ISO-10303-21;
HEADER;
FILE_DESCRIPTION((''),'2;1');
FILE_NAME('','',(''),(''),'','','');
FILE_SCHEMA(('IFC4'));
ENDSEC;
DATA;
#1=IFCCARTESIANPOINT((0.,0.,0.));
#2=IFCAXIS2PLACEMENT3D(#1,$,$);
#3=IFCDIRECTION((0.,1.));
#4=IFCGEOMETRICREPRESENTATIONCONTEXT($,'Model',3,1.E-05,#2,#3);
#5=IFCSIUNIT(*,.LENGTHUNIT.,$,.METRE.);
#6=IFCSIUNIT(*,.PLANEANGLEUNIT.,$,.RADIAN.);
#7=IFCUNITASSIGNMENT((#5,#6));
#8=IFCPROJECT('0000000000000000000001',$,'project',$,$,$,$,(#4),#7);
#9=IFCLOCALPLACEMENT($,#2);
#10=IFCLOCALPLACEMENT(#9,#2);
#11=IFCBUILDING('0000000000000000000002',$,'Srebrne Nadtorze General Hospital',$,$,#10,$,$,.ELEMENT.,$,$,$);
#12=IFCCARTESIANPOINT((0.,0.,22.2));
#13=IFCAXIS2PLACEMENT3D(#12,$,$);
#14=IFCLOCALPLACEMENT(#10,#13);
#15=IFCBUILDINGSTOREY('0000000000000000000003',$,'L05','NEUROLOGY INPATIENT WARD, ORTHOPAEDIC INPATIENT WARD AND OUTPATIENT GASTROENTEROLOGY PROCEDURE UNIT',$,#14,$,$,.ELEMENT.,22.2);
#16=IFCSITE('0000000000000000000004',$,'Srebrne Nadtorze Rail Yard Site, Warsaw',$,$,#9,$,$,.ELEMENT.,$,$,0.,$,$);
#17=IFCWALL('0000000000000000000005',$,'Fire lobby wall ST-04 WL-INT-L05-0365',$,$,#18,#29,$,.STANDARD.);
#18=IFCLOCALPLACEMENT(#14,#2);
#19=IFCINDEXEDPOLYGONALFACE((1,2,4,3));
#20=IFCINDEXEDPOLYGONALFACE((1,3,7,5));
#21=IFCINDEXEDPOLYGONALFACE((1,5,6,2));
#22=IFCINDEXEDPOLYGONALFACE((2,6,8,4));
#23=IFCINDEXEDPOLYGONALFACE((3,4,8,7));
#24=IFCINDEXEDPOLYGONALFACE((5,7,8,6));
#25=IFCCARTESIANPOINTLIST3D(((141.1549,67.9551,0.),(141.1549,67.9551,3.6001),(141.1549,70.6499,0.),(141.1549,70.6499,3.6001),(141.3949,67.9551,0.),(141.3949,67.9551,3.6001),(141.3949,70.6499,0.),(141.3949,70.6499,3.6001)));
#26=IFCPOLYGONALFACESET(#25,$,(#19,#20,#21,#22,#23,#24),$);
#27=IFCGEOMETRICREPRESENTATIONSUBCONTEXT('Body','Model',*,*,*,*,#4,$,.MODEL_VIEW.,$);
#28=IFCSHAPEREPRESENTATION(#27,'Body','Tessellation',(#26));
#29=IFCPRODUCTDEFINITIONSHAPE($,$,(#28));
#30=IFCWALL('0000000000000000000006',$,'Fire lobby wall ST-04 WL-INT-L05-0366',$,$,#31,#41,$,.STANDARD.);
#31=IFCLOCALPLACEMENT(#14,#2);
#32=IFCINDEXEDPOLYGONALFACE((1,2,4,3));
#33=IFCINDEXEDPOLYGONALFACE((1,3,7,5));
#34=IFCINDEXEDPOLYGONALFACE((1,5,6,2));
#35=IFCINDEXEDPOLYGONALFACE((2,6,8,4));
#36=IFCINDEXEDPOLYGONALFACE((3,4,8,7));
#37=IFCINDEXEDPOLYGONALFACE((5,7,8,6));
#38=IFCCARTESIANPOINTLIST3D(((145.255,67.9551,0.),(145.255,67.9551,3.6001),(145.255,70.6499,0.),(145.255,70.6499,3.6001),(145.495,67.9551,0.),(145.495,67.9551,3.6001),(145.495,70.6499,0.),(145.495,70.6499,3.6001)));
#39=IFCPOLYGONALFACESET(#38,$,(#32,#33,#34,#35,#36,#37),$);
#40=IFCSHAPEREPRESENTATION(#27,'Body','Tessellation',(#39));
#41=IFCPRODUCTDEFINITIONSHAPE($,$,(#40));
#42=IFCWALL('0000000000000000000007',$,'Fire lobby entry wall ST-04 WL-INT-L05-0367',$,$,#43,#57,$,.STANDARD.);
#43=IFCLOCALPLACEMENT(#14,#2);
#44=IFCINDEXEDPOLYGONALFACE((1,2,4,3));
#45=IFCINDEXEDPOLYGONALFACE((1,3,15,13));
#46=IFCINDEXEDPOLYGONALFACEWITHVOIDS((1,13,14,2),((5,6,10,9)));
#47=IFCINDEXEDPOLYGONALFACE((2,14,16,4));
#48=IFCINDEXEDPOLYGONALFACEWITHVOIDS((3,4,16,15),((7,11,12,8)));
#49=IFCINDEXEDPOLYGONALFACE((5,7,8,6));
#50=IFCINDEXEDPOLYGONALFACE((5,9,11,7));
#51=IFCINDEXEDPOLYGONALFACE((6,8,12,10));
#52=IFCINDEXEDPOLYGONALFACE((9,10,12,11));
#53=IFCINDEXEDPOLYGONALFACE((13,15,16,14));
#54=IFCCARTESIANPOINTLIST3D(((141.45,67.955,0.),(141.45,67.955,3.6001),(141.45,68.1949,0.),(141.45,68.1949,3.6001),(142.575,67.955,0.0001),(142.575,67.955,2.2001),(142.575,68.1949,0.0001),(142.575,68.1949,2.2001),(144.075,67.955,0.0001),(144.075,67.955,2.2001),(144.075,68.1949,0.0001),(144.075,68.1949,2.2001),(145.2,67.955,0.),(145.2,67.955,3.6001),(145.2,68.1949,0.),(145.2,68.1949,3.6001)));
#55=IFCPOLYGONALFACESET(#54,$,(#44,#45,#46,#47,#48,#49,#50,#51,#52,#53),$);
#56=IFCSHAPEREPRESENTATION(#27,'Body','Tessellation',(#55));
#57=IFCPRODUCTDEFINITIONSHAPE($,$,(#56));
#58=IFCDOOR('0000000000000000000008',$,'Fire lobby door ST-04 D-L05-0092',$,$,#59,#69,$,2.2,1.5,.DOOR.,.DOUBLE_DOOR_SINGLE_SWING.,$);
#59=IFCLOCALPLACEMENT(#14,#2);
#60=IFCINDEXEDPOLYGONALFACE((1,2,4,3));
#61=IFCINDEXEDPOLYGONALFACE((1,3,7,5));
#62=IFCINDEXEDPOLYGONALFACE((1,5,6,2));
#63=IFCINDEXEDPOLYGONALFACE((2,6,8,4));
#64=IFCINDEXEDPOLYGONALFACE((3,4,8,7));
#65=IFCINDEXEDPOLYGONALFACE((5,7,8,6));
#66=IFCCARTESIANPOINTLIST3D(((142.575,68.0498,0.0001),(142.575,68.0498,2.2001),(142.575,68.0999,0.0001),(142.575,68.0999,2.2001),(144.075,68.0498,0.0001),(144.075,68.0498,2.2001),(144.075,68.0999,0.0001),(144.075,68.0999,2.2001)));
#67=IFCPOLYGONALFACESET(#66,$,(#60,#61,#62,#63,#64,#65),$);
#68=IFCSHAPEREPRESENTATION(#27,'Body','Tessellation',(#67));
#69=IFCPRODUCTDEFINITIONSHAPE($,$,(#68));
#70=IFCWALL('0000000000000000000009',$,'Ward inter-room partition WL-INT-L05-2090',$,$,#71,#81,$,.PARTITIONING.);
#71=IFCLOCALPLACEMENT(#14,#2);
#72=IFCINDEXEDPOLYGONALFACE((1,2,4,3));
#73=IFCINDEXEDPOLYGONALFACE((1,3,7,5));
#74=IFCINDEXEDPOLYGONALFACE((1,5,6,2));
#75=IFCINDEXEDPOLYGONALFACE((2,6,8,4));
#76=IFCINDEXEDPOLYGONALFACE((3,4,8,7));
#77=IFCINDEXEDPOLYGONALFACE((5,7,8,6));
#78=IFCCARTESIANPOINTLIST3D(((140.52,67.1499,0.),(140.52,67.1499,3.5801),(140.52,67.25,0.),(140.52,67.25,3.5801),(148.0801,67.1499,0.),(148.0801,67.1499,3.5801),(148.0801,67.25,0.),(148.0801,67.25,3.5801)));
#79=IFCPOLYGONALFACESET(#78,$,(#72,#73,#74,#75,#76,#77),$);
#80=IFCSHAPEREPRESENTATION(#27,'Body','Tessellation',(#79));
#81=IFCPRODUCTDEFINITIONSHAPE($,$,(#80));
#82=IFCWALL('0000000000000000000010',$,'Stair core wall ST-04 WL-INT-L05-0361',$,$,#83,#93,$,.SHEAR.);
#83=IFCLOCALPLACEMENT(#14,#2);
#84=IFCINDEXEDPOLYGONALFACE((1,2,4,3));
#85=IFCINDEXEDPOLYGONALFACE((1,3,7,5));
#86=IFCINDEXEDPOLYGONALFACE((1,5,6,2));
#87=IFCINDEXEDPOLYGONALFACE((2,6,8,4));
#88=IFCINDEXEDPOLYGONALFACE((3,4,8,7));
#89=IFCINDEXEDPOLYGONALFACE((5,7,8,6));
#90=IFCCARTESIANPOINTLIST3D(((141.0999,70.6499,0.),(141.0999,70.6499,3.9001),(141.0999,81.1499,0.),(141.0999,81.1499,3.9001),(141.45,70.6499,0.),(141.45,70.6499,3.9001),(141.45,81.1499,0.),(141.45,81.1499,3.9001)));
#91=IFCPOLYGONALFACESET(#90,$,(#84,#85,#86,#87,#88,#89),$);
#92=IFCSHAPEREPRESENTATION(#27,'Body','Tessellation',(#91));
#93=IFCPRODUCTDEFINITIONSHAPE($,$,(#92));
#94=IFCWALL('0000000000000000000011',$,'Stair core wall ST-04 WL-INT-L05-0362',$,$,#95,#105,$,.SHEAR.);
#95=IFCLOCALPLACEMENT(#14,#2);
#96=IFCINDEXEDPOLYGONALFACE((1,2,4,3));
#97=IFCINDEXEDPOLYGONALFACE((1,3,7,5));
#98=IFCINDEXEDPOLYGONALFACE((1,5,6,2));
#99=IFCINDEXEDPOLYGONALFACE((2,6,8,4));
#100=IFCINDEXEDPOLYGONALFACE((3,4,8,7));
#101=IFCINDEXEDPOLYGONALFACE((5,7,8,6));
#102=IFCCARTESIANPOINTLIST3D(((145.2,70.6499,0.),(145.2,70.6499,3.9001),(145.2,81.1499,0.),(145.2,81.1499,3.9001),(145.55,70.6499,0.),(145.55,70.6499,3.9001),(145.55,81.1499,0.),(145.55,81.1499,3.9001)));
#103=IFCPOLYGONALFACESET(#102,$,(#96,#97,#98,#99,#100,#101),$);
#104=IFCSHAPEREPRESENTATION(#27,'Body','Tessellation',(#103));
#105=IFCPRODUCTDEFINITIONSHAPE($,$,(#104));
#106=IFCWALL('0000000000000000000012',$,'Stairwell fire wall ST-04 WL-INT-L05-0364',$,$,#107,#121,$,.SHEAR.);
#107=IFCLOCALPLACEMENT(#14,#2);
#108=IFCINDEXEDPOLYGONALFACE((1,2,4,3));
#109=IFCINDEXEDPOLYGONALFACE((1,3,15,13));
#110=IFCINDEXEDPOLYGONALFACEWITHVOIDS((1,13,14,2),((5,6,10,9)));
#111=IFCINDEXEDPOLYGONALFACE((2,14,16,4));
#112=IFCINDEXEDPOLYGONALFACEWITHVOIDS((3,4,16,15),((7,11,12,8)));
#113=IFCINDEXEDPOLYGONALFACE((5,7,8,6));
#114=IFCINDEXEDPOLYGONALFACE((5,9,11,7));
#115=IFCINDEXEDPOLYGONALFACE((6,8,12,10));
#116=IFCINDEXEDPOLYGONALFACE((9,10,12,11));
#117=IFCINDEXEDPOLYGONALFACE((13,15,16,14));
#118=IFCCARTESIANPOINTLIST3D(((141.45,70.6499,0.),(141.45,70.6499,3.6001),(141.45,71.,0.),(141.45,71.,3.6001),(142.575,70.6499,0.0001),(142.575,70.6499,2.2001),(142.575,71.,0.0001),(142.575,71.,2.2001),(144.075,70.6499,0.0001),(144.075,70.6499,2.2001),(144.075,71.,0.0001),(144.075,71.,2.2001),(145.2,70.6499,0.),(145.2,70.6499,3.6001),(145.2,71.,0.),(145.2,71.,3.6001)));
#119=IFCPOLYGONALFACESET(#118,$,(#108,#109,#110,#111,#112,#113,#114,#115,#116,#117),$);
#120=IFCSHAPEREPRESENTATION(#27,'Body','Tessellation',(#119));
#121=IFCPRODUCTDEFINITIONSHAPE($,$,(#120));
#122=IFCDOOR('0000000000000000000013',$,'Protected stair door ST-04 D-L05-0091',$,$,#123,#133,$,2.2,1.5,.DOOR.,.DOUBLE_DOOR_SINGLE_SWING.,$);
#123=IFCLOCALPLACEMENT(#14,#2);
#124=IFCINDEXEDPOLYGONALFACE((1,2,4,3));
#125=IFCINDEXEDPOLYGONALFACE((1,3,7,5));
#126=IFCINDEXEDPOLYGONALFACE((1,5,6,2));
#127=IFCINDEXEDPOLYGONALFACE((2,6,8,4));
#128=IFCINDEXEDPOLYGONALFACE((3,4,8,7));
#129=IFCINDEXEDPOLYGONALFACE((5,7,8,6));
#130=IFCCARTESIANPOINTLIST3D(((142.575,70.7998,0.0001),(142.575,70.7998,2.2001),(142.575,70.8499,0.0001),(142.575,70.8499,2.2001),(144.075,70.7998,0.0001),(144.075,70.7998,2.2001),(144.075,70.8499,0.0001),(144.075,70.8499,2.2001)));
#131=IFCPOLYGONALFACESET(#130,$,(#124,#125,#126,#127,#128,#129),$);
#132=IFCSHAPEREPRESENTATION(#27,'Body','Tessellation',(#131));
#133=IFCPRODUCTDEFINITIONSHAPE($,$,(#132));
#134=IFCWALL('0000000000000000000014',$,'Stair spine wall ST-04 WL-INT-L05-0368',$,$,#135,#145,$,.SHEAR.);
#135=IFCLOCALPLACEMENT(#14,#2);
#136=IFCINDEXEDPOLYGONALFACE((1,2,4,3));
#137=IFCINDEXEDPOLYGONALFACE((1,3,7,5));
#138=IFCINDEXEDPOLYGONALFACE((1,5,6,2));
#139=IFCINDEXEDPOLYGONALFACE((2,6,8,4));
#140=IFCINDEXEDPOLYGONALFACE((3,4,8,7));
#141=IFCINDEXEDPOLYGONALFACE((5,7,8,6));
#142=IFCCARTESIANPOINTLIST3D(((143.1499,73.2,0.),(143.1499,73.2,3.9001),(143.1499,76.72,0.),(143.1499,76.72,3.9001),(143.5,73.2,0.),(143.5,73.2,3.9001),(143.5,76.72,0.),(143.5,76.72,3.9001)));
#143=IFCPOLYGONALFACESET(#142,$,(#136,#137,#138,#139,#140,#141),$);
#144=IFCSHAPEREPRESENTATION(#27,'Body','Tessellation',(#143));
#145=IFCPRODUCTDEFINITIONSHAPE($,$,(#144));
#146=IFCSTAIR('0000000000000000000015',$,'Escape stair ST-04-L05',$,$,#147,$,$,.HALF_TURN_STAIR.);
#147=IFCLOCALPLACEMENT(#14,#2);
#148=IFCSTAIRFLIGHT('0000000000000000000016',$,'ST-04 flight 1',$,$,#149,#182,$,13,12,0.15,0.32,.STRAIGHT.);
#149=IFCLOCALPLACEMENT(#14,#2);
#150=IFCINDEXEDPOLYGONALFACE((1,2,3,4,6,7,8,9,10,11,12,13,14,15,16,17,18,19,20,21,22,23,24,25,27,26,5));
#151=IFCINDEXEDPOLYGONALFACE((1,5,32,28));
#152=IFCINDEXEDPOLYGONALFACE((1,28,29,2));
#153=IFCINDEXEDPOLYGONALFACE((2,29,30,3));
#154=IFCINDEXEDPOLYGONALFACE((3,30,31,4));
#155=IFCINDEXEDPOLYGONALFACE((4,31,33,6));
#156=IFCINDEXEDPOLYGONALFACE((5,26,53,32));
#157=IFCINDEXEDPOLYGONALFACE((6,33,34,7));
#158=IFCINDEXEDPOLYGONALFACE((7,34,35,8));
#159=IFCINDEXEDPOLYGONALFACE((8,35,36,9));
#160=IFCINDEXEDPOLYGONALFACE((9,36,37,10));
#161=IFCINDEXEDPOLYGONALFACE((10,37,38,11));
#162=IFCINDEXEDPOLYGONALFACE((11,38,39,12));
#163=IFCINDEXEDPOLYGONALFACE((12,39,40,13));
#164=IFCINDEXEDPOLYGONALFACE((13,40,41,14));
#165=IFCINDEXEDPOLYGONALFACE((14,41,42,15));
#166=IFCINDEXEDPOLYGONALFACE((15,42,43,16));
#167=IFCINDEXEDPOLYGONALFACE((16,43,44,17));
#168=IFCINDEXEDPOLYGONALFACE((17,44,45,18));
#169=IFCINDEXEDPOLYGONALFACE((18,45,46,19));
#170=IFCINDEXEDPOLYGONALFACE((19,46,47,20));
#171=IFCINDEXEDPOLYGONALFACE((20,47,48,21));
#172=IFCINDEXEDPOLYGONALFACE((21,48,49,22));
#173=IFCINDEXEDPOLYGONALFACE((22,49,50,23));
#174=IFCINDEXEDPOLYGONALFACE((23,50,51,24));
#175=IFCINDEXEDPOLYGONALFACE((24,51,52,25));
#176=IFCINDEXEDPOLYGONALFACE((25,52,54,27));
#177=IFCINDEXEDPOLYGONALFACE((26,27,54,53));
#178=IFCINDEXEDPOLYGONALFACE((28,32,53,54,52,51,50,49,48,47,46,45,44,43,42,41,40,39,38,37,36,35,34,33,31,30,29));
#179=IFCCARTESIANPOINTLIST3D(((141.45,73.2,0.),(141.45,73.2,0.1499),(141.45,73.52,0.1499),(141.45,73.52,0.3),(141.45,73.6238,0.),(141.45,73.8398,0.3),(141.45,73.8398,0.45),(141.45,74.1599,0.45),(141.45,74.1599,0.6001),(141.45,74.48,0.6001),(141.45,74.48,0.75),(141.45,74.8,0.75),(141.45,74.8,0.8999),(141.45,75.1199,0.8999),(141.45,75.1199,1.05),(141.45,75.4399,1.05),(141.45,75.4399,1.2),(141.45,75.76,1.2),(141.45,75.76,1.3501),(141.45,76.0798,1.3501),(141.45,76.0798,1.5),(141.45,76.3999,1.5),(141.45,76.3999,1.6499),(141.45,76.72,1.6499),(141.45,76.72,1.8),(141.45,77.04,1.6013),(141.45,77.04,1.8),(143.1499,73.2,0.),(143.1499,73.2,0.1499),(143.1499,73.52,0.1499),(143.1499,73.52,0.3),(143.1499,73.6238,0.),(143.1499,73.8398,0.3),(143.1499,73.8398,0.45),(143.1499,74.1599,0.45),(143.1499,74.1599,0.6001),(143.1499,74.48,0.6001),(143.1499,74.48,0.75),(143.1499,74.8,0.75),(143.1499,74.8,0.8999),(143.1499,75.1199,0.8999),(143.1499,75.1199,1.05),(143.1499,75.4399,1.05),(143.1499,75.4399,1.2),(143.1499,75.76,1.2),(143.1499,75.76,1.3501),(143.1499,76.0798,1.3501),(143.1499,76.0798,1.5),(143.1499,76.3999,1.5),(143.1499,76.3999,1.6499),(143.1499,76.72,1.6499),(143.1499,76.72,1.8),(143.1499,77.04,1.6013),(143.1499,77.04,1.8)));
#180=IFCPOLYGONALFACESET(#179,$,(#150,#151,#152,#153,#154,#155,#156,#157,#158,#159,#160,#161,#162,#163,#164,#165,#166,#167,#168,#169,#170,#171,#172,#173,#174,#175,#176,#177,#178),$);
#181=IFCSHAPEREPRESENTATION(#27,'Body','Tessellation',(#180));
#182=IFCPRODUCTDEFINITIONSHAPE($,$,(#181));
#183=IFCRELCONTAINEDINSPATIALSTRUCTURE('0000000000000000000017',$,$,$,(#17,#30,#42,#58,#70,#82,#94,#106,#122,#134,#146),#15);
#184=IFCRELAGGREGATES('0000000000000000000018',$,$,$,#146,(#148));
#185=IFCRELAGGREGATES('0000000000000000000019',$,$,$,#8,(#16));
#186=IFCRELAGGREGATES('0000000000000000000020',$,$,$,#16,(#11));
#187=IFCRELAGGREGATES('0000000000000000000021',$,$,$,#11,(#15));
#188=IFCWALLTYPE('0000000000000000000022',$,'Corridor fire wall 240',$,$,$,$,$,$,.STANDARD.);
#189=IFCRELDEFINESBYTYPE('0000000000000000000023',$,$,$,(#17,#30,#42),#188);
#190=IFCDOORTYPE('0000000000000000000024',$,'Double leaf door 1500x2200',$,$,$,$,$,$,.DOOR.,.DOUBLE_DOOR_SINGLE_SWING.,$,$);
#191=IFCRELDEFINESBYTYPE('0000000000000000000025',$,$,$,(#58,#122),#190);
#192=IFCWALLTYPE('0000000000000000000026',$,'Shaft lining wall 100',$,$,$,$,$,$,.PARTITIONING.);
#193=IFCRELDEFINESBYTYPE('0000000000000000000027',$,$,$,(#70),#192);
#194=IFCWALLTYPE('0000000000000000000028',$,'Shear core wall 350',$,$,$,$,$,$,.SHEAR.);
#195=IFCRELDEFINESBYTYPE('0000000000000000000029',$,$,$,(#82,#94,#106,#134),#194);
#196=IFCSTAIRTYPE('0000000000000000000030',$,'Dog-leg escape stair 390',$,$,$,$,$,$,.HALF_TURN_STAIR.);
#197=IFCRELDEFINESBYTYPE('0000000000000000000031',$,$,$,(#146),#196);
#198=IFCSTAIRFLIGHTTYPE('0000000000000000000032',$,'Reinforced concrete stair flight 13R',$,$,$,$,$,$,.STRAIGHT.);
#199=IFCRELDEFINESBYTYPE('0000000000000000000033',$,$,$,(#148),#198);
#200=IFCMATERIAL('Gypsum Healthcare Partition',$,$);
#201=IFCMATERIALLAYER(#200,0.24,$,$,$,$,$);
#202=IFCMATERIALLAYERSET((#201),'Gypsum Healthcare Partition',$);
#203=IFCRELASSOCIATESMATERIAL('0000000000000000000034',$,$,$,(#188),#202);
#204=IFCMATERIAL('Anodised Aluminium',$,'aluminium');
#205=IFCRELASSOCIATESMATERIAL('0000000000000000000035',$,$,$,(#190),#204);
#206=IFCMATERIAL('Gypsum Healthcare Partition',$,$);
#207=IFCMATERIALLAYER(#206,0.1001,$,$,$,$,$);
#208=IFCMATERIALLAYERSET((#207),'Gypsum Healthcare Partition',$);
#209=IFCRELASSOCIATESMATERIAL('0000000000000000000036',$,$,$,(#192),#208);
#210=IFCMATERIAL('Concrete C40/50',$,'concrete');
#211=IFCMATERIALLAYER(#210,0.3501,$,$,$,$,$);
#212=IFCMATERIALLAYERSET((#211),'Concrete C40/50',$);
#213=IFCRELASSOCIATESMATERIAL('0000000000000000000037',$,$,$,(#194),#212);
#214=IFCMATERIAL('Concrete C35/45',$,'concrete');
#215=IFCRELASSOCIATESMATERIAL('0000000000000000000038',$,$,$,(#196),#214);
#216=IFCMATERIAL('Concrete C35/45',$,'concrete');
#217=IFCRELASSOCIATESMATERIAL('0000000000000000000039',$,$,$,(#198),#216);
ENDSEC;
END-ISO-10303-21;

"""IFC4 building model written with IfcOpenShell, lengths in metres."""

from ifc_helpers import new_model, si_unit, direction, frame, frame_2d, origin, place, context, subcontext, project, spatial, polyline, rectangle, outline, extrude, material, layer, layer_set, type_object, element, fill, aggregate, save


model = new_model("IFC4")

# Units and contexts
model_context = context("Model", 3, precision=1e-05, world=origin(), true_north=direction((0.0, 1.0)))
body_context = subcontext(model_context, "Body", "Model", "MODEL_VIEW")
ifc_project = project(units=[si_unit("LENGTHUNIT", "METRE"), si_unit("PLANEANGLEUNIT", "RADIAN")], contexts=[model_context])

# Site, building, storey
site_placement = place(None, origin())
site = spatial("IfcSite", under=ifc_project, at=site_placement, Name="Srebrne Nadtorze Rail Yard Site, Warsaw", CompositionType="ELEMENT", RefElevation=0.0)
building_placement = place(site_placement, origin())
building = spatial("IfcBuilding", under=site, at=building_placement, Name="Srebrne Nadtorze General Hospital", CompositionType="ELEMENT")
storey_placement = place(building_placement, frame((0.0, 0.0, 22.2)))
storey = spatial("IfcBuildingStorey", under=building, at=storey_placement, Name="L05", Description="NEUROLOGY INPATIENT WARD, ORTHOPAEDIC INPATIENT WARD AND OUTPATIENT GASTROENTEROLOGY PROCEDURE UNIT", CompositionType="ELEMENT", Elevation=22.2)

# Walls
ifc_material_1 = material(Name="Gypsum Healthcare Partition")
ifc_layer_1 = layer(ifc_material_1, 0.24)
ifc_layer_set_1 = layer_set([ifc_layer_1], Name="Gypsum Healthcare Partition")
wall_type_1 = type_object("IfcWallType", Name="Corridor fire wall 240", PredefinedType="STANDARD", material=ifc_layer_set_1)
for number, where, z_axis, x_axis, name in (
    (1, (141.2749, 67.9551, 0.0), (0.0, 0.0, 1.0), (0.0, 1.0, 0.0), "Fire lobby wall ST-04 WL-INT-L05-0365"),
    (2, (145.375, 67.9551, 0.0), (0.0, 0.0, 1.0), (0.0, 1.0, 0.0), "Fire lobby wall ST-04 WL-INT-L05-0366"),
):
    element("IfcWall", number, at=place(storey_placement, frame(where, z_axis=z_axis, x_axis=x_axis)), inside=storey, type_object=wall_type_1, Name=name, PredefinedType="STANDARD", context=body_context, shape_type="SweptSolid", body=[
        extrude(rectangle(XDim=2.6948, YDim=0.24, at=frame_2d((1.3474, 0.0))), origin(), (0.0, 0.0, 1.0), 3.6001),
    ])

# Wall, opening, door
wall_1_placement = place(storey_placement, frame((141.45, 68.075, 0.0), z_axis=(0.0, 0.0, 1.0), x_axis=(1.0, 0.0, 0.0)))
wall_1 = element("IfcWall", 3, at=wall_1_placement, inside=storey, type_object=wall_type_1, Name="Fire lobby entry wall ST-04 WL-INT-L05-0367", PredefinedType="STANDARD", context=body_context, shape_type="SweptSolid", body=[
    extrude(rectangle(XDim=3.75, YDim=0.24, at=frame_2d((1.875, 0.0))), origin(), (0.0, 0.0, 1.0), 3.6001),
])
opening_1_placement = place(wall_1_placement, frame((1.125, 0.0, 0.0)))
opening_1 = element("IfcOpeningElement", 4, at=opening_1_placement, cuts=wall_1, PredefinedType="OPENING", context=body_context, shape_type="SweptSolid", body=[
    extrude(rectangle(XDim=1.5, YDim=2.2, at=frame_2d((0.75, 1.1001))), frame((0.0, 0.1318, 0.0), z_axis=(0.0, -1.0, 0.0), x_axis=(1.0, 0.0, 0.0)), (0.0, 0.0, 1.0), 0.2639),
])
ifc_material_2 = material(Name="Anodised Aluminium", Category="aluminium")
door_type = type_object("IfcDoorType", Name="Double leaf door 1500x2200", OperationType="DOUBLE_DOOR_SINGLE_SWING", PredefinedType="DOOR", material=ifc_material_2)
door_1_placement = place(opening_1_placement, origin())
door_1 = element("IfcDoor", 5, at=door_1_placement, inside=storey, type_object=door_type, Name="Fire lobby door ST-04 D-L05-0092", OperationType="DOUBLE_DOOR_SINGLE_SWING", OverallHeight=2.2, OverallWidth=1.5, PredefinedType="DOOR", context=body_context, shape_type="SweptSolid", body=[
    extrude(rectangle(XDim=1.5, YDim=2.2, at=frame_2d((0.75, 1.1001))), frame((0.0, 0.0249, 0.0), z_axis=(0.0, -1.0, 0.0), x_axis=(1.0, 0.0, 0.0)), (0.0, 0.0, 1.0), 0.05),
])
fill(opening_1, door_1)

# Walls
ifc_material_3 = material(Name="Gypsum Healthcare Partition")
ifc_layer_2 = layer(ifc_material_3, 0.1001)
ifc_layer_set_2 = layer_set([ifc_layer_2], Name="Gypsum Healthcare Partition")
wall_type_2 = type_object("IfcWallType", Name="Shaft lining wall 100", PredefinedType="PARTITIONING", material=ifc_layer_set_2)
wall_2_placement = place(storey_placement, frame((140.52, 67.2, 0.0), z_axis=(0.0, 0.0, 1.0), x_axis=(1.0, 0.0, 0.0)))
element("IfcWall", 6, at=wall_2_placement, inside=storey, type_object=wall_type_2, Name="Ward inter-room partition WL-INT-L05-2090", PredefinedType="PARTITIONING", context=body_context, shape_type="SweptSolid", body=[
    extrude(rectangle(XDim=7.5601, YDim=0.1001, at=frame_2d((3.78, 0.0))), origin(), (0.0, 0.0, 1.0), 3.5801),
])
ifc_material_4 = material(Name="Concrete C40/50", Category="concrete")
ifc_layer_3 = layer(ifc_material_4, 0.3501)
ifc_layer_set_3 = layer_set([ifc_layer_3], Name="Concrete C40/50")
wall_type_3 = type_object("IfcWallType", Name="Shear core wall 350", PredefinedType="SHEAR", material=ifc_layer_set_3)
for number, where, z_axis, x_axis, name in (
    (7, (141.2749, 70.6499, 0.0), (0.0, 0.0, 1.0), (0.0, 1.0, 0.0), "Stair core wall ST-04 WL-INT-L05-0361"),
    (8, (145.375, 70.6499, 0.0), (0.0, 0.0, 1.0), (0.0, 1.0, 0.0), "Stair core wall ST-04 WL-INT-L05-0362"),
):
    element("IfcWall", number, at=place(storey_placement, frame(where, z_axis=z_axis, x_axis=x_axis)), inside=storey, type_object=wall_type_3, Name=name, PredefinedType="SHEAR", context=body_context, shape_type="SweptSolid", body=[
        extrude(rectangle(XDim=10.5, YDim=0.3501, at=frame_2d((5.25, 0.0))), origin(), (0.0, 0.0, 1.0), 3.9001),
    ])

# Wall, opening, door
wall_3_placement = place(storey_placement, frame((141.45, 70.825, 0.0), z_axis=(0.0, 0.0, 1.0), x_axis=(1.0, 0.0, 0.0)))
wall_3 = element("IfcWall", 9, at=wall_3_placement, inside=storey, type_object=wall_type_3, Name="Stairwell fire wall ST-04 WL-INT-L05-0364", PredefinedType="SHEAR", context=body_context, shape_type="SweptSolid", body=[
    extrude(rectangle(XDim=3.75, YDim=0.3501, at=frame_2d((1.875, 0.0))), origin(), (0.0, 0.0, 1.0), 3.6001),
])
opening_2_placement = place(wall_3_placement, frame((1.125, 0.0, 0.0)))
opening_2 = element("IfcOpeningElement", 10, at=opening_2_placement, cuts=wall_3, PredefinedType="OPENING", context=body_context, shape_type="SweptSolid", body=[
    extrude(rectangle(XDim=1.5, YDim=2.2, at=frame_2d((0.75, 1.1001))), frame((0.0, 0.187, 0.0), z_axis=(0.0, -1.0, 0.0), x_axis=(1.0, 0.0, 0.0)), (0.0, 0.0, 1.0), 0.374),
])
door_2_placement = place(opening_2_placement, origin())
door_2 = element("IfcDoor", 11, at=door_2_placement, inside=storey, type_object=door_type, Name="Protected stair door ST-04 D-L05-0091", OperationType="DOUBLE_DOOR_SINGLE_SWING", OverallHeight=2.2, OverallWidth=1.5, PredefinedType="DOOR", context=body_context, shape_type="SweptSolid", body=[
    extrude(rectangle(XDim=1.5, YDim=2.2, at=frame_2d((0.75, 1.1001))), frame((0.0, 0.0249, 0.0), z_axis=(0.0, -1.0, 0.0), x_axis=(1.0, 0.0, 0.0)), (0.0, 0.0, 1.0), 0.05),
])
fill(opening_2, door_2)

# Wall
wall_4_placement = place(storey_placement, frame((143.325, 73.2, 0.0), z_axis=(0.0, 0.0, 1.0), x_axis=(0.0, 1.0, 0.0)))
element("IfcWall", 12, at=wall_4_placement, inside=storey, type_object=wall_type_3, Name="Stair spine wall ST-04 WL-INT-L05-0368", PredefinedType="SHEAR", context=body_context, shape_type="SweptSolid", body=[
    extrude(rectangle(XDim=3.52, YDim=0.3501, at=frame_2d((1.76, 0.0))), origin(), (0.0, 0.0, 1.0), 3.9001),
])

# Stair, stair flight
ifc_material_5 = material(Name="Concrete C35/45", Category="concrete")
stair_type = type_object("IfcStairType", Name="Dog-leg escape stair 390", PredefinedType="HALF_TURN_STAIR", material=ifc_material_5)
stair_placement = place(storey_placement, origin())
stair = element("IfcStair", 13, at=stair_placement, inside=storey, type_object=stair_type, Name="Escape stair ST-04-L05", PredefinedType="HALF_TURN_STAIR")
ifc_material_6 = material(Name="Concrete C35/45", Category="concrete")
stair_flight_type = type_object("IfcStairFlightType", Name="Reinforced concrete stair flight 13R", PredefinedType="STRAIGHT", material=ifc_material_6)
stair_flight_placement = place(storey_placement, frame((142.3, 73.2, 0.0), z_axis=(0.0, 0.0, 1.0), x_axis=(0.0, 1.0, 0.0)))
stair_flight = element("IfcStairFlight", 14, at=stair_flight_placement, type_object=stair_flight_type, Name="ST-04 flight 1", NumberOfRisers=13, NumberOfTreads=12, PredefinedType="STRAIGHT", RiserHeight=0.15, TreadLength=0.32, context=body_context, shape_type="SweptSolid", body=[
    extrude(outline(polyline([(0.0, 0.0), (0.0, 0.1499), (0.3201, 0.1499), (0.3201, 0.3), (0.6399, 0.3), (0.6399, 0.45), (0.96, 0.45), (0.96, 0.6001), (1.28, 0.6001), (1.28, 0.75), (1.6001, 0.75), (1.6001, 0.8999), (1.9199, 0.8999), (1.9199, 1.05), (2.24, 1.05), (2.24, 1.2), (2.5601, 1.2), (2.5601, 1.3501), (2.8799, 1.3501), (2.8799, 1.5), (3.2, 1.5), (3.2, 1.6499), (3.52, 1.6499), (3.52, 1.8), (3.8401, 1.8), (3.8401, 1.95), (3.8401, 1.6013), (0.4238, 0.0), (0.0, 0.0)])), frame((0.0, 0.8501, 0.0), z_axis=(0.0, -1.0, 0.0), x_axis=(1.0, 0.0, 0.0)), (0.0, 0.0, 1.0), 1.7),
])
aggregate(stair, [stair_flight])

save(model, "model.ifc")
